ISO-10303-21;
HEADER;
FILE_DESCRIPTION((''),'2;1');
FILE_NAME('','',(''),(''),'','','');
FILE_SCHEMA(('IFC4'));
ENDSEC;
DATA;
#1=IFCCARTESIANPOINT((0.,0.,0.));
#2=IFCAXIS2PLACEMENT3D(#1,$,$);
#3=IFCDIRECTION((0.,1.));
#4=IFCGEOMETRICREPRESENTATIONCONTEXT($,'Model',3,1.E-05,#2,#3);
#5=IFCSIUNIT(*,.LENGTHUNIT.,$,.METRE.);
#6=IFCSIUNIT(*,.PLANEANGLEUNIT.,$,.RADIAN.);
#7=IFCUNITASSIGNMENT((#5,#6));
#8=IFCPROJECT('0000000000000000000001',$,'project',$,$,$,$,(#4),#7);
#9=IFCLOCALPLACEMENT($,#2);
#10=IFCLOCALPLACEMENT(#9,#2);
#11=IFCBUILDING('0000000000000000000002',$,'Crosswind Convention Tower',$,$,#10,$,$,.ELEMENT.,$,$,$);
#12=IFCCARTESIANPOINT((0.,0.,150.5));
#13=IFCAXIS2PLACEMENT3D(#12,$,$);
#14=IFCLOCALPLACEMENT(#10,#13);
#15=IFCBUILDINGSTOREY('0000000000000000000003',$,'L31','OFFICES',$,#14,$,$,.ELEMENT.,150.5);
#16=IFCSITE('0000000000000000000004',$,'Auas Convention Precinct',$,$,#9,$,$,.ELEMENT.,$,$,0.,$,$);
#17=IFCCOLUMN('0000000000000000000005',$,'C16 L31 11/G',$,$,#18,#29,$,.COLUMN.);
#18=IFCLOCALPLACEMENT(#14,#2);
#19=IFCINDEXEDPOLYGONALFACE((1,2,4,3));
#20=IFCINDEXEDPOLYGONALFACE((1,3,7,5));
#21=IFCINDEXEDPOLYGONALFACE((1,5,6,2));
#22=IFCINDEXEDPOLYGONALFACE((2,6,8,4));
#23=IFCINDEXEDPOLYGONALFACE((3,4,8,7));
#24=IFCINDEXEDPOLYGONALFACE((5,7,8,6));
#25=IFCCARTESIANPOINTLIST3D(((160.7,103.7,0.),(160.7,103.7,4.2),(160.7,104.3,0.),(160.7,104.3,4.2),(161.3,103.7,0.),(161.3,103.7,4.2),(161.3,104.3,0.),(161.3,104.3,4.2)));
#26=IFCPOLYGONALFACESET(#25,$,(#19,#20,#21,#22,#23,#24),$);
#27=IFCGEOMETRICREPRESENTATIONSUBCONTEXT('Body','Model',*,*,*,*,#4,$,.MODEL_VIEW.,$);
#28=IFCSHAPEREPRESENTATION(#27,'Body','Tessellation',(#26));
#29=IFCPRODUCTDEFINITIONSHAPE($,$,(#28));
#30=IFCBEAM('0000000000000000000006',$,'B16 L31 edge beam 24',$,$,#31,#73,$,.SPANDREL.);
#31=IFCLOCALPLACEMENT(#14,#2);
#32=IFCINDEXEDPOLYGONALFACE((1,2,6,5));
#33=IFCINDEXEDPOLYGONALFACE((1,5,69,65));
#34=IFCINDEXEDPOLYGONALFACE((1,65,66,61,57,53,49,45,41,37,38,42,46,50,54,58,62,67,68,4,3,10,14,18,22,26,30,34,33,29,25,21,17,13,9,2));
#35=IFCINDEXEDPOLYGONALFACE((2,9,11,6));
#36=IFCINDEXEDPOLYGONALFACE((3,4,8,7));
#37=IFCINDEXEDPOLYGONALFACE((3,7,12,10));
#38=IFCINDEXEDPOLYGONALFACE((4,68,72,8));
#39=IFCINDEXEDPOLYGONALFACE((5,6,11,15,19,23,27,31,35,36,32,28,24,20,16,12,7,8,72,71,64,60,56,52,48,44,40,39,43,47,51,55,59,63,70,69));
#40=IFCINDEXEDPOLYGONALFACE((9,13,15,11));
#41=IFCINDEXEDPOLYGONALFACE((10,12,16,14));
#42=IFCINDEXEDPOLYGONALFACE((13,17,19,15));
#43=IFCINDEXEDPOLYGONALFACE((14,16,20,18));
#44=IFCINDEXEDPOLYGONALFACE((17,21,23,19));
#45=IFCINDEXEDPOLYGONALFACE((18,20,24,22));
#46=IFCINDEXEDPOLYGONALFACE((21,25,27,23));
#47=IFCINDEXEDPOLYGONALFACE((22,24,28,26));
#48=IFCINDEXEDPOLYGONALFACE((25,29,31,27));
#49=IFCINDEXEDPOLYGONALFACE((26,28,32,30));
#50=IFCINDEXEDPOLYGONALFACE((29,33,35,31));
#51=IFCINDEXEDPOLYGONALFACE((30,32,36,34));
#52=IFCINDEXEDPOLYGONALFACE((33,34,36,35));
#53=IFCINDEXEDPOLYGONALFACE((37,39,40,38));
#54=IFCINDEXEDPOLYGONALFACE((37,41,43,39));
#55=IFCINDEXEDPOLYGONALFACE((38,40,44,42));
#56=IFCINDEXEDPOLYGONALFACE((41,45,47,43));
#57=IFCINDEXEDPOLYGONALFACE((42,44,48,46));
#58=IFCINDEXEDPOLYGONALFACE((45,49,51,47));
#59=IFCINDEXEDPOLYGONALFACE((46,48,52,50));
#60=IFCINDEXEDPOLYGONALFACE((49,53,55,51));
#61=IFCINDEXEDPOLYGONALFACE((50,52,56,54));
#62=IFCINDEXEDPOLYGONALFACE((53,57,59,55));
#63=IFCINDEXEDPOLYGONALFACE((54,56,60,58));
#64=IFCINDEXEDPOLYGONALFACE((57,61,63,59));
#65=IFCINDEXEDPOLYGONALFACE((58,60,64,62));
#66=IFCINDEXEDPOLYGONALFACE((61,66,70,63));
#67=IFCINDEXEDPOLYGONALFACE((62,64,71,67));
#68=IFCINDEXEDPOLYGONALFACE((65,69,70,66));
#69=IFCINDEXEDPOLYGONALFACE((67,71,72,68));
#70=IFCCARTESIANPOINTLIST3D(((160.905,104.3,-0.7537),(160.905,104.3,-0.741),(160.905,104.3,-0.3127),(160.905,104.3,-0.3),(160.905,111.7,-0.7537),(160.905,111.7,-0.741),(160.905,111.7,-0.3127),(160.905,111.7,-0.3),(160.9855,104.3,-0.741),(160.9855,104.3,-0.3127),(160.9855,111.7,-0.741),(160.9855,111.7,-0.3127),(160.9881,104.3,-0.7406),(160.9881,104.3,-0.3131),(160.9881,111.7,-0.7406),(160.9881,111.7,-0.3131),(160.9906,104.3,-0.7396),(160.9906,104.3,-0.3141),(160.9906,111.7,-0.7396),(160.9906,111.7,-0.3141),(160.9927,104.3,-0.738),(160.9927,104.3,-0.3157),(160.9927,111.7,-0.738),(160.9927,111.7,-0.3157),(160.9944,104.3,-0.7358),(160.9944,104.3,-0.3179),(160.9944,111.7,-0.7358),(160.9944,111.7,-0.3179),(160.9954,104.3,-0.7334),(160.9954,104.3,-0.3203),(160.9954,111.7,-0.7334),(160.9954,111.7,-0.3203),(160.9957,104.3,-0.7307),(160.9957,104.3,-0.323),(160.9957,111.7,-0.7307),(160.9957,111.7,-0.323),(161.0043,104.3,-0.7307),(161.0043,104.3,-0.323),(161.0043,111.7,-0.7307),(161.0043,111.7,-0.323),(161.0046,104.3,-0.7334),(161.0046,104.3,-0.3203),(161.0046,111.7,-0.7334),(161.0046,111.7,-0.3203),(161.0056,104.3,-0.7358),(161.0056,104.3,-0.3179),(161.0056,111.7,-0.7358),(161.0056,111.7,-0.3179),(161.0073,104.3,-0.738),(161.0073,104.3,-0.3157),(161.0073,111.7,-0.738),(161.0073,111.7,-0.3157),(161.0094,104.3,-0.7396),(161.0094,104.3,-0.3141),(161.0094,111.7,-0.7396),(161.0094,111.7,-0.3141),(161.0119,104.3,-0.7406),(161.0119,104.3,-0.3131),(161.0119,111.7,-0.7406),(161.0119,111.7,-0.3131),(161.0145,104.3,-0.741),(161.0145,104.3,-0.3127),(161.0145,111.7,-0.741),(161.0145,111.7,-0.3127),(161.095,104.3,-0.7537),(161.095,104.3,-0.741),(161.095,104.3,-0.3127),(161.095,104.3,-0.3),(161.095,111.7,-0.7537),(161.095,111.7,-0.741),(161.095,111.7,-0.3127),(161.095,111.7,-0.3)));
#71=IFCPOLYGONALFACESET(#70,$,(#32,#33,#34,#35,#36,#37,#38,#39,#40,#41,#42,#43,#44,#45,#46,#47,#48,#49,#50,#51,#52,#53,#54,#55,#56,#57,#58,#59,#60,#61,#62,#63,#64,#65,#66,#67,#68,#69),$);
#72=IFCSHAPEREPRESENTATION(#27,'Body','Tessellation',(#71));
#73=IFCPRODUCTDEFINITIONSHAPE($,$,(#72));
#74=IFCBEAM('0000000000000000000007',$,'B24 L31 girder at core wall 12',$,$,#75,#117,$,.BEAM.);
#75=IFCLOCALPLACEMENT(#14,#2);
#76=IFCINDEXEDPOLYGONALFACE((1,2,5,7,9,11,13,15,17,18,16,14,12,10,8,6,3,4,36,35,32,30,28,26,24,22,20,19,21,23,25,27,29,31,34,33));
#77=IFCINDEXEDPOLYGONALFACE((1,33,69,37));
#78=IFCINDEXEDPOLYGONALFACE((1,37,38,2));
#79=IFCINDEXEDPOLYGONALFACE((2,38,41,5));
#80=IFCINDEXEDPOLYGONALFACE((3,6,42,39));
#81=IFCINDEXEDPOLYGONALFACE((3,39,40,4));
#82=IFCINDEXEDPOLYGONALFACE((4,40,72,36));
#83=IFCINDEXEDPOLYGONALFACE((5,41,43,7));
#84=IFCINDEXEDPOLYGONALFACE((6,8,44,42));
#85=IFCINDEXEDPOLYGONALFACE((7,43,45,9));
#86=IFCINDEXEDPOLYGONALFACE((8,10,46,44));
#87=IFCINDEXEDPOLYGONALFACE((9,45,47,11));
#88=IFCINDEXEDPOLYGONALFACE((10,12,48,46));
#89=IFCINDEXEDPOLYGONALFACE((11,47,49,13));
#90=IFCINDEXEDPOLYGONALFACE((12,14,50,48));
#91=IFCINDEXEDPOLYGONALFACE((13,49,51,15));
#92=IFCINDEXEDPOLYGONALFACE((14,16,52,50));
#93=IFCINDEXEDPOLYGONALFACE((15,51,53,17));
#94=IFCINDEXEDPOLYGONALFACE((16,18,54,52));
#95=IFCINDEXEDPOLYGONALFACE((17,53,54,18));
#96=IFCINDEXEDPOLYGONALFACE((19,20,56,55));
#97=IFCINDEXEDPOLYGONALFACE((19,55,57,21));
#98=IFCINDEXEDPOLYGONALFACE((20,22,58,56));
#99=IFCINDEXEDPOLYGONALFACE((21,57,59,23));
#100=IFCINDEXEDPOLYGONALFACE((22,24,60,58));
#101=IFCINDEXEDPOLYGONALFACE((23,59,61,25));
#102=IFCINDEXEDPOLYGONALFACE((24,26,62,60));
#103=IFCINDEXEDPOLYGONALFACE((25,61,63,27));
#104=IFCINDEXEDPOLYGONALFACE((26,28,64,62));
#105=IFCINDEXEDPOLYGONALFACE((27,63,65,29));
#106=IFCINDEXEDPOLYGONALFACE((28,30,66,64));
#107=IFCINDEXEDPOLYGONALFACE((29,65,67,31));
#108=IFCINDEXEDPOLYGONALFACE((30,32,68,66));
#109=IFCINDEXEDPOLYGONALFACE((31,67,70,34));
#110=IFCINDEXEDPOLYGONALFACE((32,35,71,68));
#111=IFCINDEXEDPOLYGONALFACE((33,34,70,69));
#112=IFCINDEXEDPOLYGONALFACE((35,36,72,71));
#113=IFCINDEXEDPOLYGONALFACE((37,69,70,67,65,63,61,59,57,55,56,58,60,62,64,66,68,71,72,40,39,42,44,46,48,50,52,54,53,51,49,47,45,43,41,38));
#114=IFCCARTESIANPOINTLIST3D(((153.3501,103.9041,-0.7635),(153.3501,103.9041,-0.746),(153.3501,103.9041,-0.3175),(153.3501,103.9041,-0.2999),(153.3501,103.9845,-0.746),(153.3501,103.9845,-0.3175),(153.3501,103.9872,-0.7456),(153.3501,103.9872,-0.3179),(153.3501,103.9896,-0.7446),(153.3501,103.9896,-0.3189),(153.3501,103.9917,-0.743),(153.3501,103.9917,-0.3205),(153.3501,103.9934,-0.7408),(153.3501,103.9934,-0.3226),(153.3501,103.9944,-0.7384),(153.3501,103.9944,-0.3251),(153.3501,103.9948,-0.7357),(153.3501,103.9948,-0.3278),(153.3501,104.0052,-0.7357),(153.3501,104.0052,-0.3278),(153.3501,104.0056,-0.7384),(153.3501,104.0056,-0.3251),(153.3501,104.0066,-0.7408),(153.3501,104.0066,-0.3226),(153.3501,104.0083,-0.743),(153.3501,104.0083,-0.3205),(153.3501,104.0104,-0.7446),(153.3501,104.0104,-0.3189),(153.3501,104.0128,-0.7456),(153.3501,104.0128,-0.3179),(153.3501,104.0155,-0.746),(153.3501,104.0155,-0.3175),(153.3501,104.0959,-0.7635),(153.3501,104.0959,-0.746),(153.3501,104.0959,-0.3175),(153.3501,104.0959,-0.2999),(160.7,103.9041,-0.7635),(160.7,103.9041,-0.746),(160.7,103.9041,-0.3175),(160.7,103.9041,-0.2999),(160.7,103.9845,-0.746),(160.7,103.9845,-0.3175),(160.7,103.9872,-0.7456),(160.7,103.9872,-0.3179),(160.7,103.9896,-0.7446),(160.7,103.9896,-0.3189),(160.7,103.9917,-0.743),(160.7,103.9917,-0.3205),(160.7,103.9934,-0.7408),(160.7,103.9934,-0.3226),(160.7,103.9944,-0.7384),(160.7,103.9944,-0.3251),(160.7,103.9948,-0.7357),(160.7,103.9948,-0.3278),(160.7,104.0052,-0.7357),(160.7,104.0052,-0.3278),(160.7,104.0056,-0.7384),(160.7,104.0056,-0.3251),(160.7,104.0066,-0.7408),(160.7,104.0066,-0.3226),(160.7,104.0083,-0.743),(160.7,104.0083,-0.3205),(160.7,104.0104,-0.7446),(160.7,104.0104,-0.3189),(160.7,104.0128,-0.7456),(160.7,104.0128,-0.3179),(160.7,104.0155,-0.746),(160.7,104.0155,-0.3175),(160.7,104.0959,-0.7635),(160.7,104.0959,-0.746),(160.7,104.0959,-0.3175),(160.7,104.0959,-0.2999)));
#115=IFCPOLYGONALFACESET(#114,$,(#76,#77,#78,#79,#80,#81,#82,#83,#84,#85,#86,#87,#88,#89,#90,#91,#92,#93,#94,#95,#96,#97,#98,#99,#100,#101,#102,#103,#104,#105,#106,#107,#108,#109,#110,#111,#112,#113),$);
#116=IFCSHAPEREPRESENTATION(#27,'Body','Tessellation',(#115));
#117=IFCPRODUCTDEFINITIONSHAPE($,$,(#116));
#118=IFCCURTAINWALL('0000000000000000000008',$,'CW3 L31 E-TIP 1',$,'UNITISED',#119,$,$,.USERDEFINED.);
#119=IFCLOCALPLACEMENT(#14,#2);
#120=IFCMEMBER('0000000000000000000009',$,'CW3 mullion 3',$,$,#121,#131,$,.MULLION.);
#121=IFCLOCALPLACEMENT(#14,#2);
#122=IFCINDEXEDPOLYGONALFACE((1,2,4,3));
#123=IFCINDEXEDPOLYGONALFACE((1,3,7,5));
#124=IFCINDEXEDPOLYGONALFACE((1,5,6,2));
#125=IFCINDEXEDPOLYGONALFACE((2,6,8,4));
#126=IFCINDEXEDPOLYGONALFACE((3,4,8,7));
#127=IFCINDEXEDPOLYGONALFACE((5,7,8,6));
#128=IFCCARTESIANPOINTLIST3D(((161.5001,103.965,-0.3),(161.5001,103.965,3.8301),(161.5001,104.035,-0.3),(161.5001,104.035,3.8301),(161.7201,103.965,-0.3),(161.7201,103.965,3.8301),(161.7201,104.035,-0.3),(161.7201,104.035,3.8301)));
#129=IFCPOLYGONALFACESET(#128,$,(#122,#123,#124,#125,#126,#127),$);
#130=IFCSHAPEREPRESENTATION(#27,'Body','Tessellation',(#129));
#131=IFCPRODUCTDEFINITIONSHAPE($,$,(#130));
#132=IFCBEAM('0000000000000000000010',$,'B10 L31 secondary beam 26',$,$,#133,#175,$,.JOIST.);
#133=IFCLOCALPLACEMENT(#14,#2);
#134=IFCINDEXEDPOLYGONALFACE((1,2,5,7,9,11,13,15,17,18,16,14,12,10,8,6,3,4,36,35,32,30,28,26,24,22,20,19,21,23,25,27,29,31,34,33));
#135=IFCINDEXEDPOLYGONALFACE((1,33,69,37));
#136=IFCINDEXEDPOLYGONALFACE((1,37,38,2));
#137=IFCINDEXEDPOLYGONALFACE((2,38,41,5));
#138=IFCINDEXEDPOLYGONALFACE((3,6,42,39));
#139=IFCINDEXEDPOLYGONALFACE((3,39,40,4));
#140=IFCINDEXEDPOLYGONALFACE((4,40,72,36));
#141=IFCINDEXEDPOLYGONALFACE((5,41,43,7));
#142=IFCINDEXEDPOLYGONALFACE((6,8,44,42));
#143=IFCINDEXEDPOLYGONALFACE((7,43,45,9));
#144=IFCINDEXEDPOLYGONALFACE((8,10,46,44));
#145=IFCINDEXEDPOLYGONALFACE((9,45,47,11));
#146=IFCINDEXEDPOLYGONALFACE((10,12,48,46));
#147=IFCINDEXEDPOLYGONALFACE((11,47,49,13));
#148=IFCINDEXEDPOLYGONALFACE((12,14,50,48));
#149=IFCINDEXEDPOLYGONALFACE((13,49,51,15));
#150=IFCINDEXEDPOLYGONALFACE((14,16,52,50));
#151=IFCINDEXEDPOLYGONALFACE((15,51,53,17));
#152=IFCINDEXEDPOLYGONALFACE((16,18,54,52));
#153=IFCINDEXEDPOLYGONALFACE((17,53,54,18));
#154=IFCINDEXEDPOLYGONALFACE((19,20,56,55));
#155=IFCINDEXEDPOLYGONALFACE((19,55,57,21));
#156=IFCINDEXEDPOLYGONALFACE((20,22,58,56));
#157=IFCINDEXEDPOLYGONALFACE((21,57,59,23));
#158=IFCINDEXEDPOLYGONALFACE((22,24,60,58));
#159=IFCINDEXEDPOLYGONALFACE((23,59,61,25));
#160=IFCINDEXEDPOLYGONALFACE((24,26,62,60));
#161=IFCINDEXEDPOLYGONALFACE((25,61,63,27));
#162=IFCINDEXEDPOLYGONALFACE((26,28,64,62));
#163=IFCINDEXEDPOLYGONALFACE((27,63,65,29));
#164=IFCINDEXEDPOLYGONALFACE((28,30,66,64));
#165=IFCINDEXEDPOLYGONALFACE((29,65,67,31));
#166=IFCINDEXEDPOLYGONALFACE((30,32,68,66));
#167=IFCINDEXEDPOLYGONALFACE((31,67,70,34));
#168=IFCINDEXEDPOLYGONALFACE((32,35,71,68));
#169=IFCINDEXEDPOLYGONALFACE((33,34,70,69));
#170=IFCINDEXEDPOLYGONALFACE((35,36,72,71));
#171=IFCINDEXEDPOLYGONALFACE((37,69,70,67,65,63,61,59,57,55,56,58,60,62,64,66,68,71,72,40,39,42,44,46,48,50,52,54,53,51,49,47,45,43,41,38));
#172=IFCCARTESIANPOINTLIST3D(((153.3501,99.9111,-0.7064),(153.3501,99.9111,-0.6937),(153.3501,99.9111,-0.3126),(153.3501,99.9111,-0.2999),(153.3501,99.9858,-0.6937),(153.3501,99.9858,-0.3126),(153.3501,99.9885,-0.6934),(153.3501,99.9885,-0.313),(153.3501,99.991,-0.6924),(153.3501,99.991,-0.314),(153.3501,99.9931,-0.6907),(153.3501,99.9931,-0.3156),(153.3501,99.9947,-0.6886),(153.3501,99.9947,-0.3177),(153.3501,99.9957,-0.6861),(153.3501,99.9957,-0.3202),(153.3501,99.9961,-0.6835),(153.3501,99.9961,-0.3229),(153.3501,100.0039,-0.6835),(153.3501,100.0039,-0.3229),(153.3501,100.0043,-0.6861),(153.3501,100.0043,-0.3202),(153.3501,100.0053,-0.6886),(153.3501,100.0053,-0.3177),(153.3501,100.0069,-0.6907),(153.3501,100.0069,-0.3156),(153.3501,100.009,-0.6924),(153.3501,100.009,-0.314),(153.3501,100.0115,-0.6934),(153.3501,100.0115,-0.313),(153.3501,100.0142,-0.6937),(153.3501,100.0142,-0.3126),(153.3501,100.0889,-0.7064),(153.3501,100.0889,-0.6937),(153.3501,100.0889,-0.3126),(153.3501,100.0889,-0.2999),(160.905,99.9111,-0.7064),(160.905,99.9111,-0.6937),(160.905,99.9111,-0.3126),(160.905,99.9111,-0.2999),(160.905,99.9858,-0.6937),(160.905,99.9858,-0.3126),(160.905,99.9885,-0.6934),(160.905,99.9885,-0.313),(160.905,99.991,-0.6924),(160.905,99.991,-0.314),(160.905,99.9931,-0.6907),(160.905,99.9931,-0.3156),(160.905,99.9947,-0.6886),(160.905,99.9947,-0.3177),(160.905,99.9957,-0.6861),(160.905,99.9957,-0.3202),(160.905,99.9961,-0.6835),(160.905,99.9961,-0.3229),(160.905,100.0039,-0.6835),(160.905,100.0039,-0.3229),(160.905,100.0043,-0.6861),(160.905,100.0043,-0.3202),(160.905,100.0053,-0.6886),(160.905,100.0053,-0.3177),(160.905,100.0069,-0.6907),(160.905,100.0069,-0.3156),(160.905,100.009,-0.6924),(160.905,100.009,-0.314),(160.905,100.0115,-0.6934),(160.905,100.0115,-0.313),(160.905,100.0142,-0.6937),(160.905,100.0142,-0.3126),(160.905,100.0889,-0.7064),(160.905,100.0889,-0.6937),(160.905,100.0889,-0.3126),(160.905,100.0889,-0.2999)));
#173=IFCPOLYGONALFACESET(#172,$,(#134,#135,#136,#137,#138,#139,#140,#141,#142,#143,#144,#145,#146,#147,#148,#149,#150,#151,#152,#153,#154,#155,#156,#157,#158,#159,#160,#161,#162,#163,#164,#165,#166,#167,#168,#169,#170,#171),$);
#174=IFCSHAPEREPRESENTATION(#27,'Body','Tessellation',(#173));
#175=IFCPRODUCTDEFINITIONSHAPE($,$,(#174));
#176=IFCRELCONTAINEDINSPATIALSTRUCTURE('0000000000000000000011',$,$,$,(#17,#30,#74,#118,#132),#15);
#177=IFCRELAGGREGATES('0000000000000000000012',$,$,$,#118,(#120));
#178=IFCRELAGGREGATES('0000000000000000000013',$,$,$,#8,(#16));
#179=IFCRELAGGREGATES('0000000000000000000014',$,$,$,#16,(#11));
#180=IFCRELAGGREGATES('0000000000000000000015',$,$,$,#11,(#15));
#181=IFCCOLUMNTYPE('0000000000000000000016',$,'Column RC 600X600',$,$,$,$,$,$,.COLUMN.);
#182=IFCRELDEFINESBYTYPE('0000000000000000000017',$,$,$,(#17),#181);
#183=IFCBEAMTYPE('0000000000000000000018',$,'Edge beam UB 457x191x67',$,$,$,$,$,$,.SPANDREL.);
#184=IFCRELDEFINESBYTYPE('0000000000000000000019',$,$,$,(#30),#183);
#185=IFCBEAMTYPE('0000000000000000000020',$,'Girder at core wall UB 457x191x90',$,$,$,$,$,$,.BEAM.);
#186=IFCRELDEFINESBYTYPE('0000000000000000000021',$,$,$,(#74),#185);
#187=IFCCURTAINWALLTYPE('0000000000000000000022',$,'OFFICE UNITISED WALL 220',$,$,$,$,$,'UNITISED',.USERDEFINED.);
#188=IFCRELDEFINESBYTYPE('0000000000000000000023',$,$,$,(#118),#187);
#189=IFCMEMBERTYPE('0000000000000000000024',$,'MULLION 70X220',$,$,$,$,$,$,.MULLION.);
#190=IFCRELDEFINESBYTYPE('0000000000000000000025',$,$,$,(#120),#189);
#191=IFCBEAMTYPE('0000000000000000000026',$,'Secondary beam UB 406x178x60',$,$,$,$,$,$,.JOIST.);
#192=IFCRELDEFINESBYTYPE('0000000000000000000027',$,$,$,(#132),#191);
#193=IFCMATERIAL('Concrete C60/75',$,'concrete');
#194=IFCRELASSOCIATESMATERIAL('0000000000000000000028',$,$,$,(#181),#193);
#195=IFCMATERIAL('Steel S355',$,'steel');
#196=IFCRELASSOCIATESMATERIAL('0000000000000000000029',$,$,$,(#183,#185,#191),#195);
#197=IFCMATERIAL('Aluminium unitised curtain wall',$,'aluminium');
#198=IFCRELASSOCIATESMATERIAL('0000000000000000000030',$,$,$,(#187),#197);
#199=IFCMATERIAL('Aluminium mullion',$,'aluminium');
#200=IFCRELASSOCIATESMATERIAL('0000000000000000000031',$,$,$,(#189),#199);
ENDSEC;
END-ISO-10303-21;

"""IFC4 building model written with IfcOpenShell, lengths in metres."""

from ifc_helpers import new_model, si_unit, direction, frame, origin, origin_2d, place, context, subcontext, project, spatial, rectangle, i_section, extrude, material, material_profile, profile_set, type_object, element, aggregate, save


model = new_model("IFC4")

# Units and contexts
model_context = context("Model", 3, precision=1e-05, world=origin(), true_north=direction((0.0, 1.0)))
body_context = subcontext(model_context, "Body", "Model", "MODEL_VIEW")
ifc_project = project(units=[si_unit("LENGTHUNIT", "METRE"), si_unit("PLANEANGLEUNIT", "RADIAN")], contexts=[model_context])

# Site, building, storey
site_placement = place(None, origin())
site = spatial("IfcSite", under=ifc_project, at=site_placement, Name="Auas Convention Precinct", CompositionType="ELEMENT", RefElevation=0.0)
building_placement = place(site_placement, origin())
building = spatial("IfcBuilding", under=site, at=building_placement, Name="Crosswind Convention Tower", CompositionType="ELEMENT")
storey_placement = place(building_placement, frame((0.0, 0.0, 150.5)))
storey = spatial("IfcBuildingStorey", under=building, at=storey_placement, Name="L31", Description="OFFICES", CompositionType="ELEMENT", Elevation=150.5)

# Column
ifc_material_1 = material(Name="Concrete C60/75", Category="concrete")
ifc_material_profile_1 = material_profile(ifc_material_1, rectangle(XDim=0.6001, YDim=0.6001, at=origin_2d()), Name="RC 600X600")
ifc_profile_set_1 = profile_set([ifc_material_profile_1], Name="Concrete C60/75")
column_type = type_object("IfcColumnType", Name="Column RC 600X600", PredefinedType="COLUMN", material=ifc_profile_set_1)
column_placement = place(storey_placement, frame((161.0, 104.0, 0.0), z_axis=(0.0, 0.0, 1.0), x_axis=(1.0, 0.0, 0.0)))
element("IfcColumn", 1, at=column_placement, inside=storey, type_object=column_type, Name="C16 L31 11/G", PredefinedType="COLUMN", context=body_context, shape_type="SweptSolid", body=[
    extrude(rectangle(XDim=0.6001, YDim=0.6001, at=origin_2d()), origin(), (0.0, 0.0, 1.0), 4.2),
])

# Beams
ifc_material_2 = material(Name="Steel S355", Category="steel")
ifc_material_profile_2 = material_profile(ifc_material_2, i_section(OverallWidth=0.1899, OverallDepth=0.4536, WebThickness=0.0085, FlangeThickness=0.0127, FilletRadius=0.0103, at=origin_2d()), Name="UB 457x191x67")
ifc_profile_set_2 = profile_set([ifc_material_profile_2], Name="Steel S355")
beam_type_1 = type_object("IfcBeamType", Name="Edge beam UB 457x191x67", PredefinedType="SPANDREL", material=ifc_profile_set_2)
beam_1_placement = place(storey_placement, frame((161.0, 104.3, -0.5269), z_axis=(0.0, 1.0, 0.0), x_axis=(-1.0, 0.0, 0.0)))
element("IfcBeam", 2, at=beam_1_placement, inside=storey, type_object=beam_type_1, Name="B16 L31 edge beam 24", PredefinedType="SPANDREL", context=body_context, shape_type="SweptSolid", body=[
    extrude(i_section(OverallWidth=0.1899, OverallDepth=0.4536, WebThickness=0.0085, FlangeThickness=0.0127, FilletRadius=0.0103, at=origin_2d()), origin(), (0.0, 0.0, 1.0), 7.3999),
])
ifc_material_profile_3 = material_profile(ifc_material_2, i_section(OverallWidth=0.1919, OverallDepth=0.4636, WebThickness=0.0105, FlangeThickness=0.0176, FilletRadius=0.0103, at=origin_2d()), Name="UB 457x191x90")
ifc_profile_set_3 = profile_set([ifc_material_profile_3], Name="Steel S355")
beam_type_2 = type_object("IfcBeamType", Name="Girder at core wall UB 457x191x90", PredefinedType="BEAM", material=ifc_profile_set_3)
beam_2_placement = place(storey_placement, frame((153.3501, 104.0, -0.5317), z_axis=(1.0, 0.0, 0.0), x_axis=(0.0, 1.0, 0.0)))
element("IfcBeam", 3, at=beam_2_placement, inside=storey, type_object=beam_type_2, Name="B24 L31 girder at core wall 12", PredefinedType="BEAM", context=body_context, shape_type="SweptSolid", body=[
    extrude(i_section(OverallWidth=0.1919, OverallDepth=0.4636, WebThickness=0.0105, FlangeThickness=0.0176, FilletRadius=0.0103, at=origin_2d()), origin(), (0.0, 0.0, 1.0), 7.3499),
])

# Curtain wall, member
ifc_material_3 = material(Name="Aluminium unitised curtain wall", Category="aluminium")
curtain_wall_type = type_object("IfcCurtainWallType", Name="OFFICE UNITISED WALL 220", ElementType="UNITISED", PredefinedType="USERDEFINED", material=ifc_material_3)
curtain_wall_placement = place(storey_placement, origin())
curtain_wall = element("IfcCurtainWall", 4, at=curtain_wall_placement, inside=storey, type_object=curtain_wall_type, Name="CW3 L31 E-TIP 1", ObjectType="UNITISED", PredefinedType="USERDEFINED")
ifc_material_4 = material(Name="Aluminium mullion", Category="aluminium")
ifc_material_profile_4 = material_profile(ifc_material_4, rectangle(XDim=0.22, YDim=0.0701, at=origin_2d()), Name="AL 220X70")
ifc_profile_set_4 = profile_set([ifc_material_profile_4], Name="Aluminium mullion")
member_type = type_object("IfcMemberType", Name="MULLION 70X220", PredefinedType="MULLION", material=ifc_profile_set_4)
member_placement = place(storey_placement, frame((161.6101, 104.0, -0.3), z_axis=(0.0, 0.0, 1.0), x_axis=(1.0, 0.0, 0.0)))
member = element("IfcMember", 5, at=member_placement, type_object=member_type, Name="CW3 mullion 3", PredefinedType="MULLION", context=body_context, shape_type="SweptSolid", body=[
    extrude(rectangle(XDim=0.22, YDim=0.0701, at=origin_2d()), origin(), (0.0, 0.0, 1.0), 4.1301),
])

# Beam
ifc_material_profile_5 = material_profile(ifc_material_2, i_section(OverallWidth=0.1777, OverallDepth=0.4065, WebThickness=0.0078, FlangeThickness=0.0127, FilletRadius=0.0103, at=origin_2d()), Name="UB 406x178x60")
ifc_profile_set_5 = profile_set([ifc_material_profile_5], Name="Steel S355")
beam_type_3 = type_object("IfcBeamType", Name="Secondary beam UB 406x178x60", PredefinedType="JOIST", material=ifc_profile_set_5)
for number, where, z_axis, x_axis, name in (
    (6, (153.3501, 100.0, -0.5032), (1.0, 0.0, 0.0), (0.0, 1.0, 0.0), "B10 L31 secondary beam 26"),
):
    element("IfcBeam", number, at=place(storey_placement, frame(where, z_axis=z_axis, x_axis=x_axis)), inside=storey, type_object=beam_type_3, Name=name, PredefinedType="JOIST", context=body_context, shape_type="SweptSolid", body=[
        extrude(i_section(OverallWidth=0.1777, OverallDepth=0.4065, WebThickness=0.0078, FlangeThickness=0.0127, FilletRadius=0.0103, at=origin_2d()), origin(), (0.0, 0.0, 1.0), 7.5549),
    ])

aggregate(curtain_wall, [member])

save(model, "model.ifc")
